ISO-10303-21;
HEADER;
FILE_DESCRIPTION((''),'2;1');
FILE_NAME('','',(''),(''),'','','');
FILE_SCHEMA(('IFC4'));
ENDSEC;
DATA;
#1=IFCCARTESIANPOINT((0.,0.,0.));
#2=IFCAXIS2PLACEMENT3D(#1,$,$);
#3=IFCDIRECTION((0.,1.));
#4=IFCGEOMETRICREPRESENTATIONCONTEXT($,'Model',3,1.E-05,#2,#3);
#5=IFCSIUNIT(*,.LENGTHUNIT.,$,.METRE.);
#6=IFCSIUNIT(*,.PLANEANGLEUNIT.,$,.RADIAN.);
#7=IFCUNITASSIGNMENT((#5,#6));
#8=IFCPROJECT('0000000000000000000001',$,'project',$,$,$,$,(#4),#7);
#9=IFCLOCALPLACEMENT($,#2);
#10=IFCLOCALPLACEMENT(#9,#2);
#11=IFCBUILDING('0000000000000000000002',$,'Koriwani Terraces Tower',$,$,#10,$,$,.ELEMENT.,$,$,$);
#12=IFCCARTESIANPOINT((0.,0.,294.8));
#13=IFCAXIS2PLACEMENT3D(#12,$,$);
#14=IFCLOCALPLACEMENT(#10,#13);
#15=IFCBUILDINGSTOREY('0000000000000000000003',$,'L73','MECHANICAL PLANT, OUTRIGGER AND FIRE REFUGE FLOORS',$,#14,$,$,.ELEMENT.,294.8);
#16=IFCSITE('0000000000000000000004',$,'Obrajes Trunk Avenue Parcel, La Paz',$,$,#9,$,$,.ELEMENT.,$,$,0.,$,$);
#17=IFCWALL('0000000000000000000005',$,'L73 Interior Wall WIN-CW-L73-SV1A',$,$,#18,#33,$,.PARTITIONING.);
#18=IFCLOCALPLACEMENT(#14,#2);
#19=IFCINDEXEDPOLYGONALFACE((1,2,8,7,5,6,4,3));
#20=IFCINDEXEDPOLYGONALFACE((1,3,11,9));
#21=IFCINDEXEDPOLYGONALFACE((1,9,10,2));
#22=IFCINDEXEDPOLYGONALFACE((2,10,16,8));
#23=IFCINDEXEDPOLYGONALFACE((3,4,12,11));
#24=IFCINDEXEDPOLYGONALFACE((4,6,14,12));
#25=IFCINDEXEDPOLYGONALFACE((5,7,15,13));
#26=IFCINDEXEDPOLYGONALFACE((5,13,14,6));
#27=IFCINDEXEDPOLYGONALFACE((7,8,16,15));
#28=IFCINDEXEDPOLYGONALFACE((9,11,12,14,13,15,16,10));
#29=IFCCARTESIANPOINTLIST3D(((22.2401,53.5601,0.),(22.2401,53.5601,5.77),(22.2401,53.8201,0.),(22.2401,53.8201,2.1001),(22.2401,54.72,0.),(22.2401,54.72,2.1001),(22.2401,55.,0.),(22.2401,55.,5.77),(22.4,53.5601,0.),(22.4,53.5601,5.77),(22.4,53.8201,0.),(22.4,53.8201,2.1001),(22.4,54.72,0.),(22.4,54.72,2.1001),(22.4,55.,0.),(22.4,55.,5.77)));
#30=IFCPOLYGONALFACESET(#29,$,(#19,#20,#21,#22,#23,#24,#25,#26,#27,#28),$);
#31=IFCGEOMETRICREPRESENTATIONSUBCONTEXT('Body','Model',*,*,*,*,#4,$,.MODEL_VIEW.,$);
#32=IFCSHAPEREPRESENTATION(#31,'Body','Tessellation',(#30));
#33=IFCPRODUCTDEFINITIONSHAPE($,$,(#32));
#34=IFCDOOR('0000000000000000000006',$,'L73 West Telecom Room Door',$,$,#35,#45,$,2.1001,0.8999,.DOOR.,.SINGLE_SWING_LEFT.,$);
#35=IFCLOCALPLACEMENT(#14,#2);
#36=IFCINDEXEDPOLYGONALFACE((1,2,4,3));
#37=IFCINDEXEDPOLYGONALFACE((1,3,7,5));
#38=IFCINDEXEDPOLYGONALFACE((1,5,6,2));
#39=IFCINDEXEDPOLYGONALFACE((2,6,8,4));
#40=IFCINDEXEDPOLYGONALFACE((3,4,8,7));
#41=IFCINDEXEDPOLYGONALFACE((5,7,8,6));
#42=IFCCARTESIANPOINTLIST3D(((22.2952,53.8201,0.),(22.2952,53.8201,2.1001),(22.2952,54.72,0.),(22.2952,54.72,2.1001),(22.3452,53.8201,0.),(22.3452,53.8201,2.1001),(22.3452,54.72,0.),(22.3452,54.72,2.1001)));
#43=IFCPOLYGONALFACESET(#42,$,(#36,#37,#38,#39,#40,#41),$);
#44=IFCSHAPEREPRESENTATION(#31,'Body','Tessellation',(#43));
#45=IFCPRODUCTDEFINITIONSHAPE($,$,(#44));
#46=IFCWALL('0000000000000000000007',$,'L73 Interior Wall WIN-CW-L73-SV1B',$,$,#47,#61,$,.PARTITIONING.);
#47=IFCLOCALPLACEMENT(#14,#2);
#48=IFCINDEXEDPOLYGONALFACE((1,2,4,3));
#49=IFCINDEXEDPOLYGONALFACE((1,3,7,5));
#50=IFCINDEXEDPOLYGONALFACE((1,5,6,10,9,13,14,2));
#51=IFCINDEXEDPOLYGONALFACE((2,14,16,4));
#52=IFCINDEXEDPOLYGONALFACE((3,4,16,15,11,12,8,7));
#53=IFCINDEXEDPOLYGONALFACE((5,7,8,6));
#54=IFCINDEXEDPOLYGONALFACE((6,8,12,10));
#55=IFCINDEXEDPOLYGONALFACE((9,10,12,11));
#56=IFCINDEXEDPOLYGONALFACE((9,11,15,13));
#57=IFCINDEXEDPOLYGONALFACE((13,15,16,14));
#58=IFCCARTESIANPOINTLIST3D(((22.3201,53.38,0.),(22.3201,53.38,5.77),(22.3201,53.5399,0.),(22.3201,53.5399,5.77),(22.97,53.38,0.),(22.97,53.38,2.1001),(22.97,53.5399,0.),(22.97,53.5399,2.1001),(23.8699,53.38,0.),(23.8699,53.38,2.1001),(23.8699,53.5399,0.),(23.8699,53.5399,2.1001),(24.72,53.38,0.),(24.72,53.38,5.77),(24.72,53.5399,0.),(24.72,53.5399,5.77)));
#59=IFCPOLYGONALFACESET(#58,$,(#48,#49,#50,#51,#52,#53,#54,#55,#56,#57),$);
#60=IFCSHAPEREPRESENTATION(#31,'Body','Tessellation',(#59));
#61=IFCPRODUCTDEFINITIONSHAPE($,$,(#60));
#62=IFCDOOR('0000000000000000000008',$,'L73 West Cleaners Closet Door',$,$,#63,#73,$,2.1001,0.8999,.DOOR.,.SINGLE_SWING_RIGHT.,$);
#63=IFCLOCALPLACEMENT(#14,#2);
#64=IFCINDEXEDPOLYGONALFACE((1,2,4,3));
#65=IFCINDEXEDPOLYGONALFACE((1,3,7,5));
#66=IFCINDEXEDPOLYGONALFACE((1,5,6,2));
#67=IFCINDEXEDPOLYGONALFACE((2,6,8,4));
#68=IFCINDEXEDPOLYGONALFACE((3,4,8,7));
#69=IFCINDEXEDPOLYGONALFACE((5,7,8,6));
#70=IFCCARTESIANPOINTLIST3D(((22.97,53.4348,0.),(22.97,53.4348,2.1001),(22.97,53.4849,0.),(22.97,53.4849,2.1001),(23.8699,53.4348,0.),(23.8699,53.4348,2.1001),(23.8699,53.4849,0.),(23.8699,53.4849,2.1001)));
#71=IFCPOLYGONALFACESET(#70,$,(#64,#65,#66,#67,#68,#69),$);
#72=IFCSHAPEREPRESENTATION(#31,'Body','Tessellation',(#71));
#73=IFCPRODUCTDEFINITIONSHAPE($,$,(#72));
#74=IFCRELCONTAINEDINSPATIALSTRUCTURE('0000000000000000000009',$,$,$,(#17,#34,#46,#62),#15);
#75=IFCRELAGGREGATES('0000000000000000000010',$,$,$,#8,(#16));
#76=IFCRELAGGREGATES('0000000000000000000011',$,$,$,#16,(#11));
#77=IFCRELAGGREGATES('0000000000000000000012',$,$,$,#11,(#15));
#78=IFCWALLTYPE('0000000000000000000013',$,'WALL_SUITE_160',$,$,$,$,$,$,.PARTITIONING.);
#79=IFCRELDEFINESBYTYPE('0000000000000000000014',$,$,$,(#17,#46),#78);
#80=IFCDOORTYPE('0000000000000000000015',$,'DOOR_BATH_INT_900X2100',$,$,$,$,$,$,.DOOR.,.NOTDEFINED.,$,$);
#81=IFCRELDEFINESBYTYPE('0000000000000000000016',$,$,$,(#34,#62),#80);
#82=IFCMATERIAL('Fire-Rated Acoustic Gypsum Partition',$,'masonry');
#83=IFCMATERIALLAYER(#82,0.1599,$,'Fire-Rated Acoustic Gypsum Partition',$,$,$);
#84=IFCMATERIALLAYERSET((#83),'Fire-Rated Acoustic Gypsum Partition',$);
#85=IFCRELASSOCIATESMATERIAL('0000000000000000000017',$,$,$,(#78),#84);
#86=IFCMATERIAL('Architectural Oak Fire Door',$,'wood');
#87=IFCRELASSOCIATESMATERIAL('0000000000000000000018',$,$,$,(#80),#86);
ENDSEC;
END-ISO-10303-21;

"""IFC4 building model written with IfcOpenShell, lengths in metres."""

from ifc_helpers import new_model, si_unit, direction, frame, frame_2d, origin, place, context, subcontext, project, spatial, rectangle, extrude, material, layer, layer_set, type_object, element, fill, save


model = new_model("IFC4")

# Units and contexts
model_context = context("Model", 3, precision=1e-05, world=origin(), true_north=direction((0.0, 1.0)))
body_context = subcontext(model_context, "Body", "Model", "MODEL_VIEW")
ifc_project = project(units=[si_unit("LENGTHUNIT", "METRE"), si_unit("PLANEANGLEUNIT", "RADIAN")], contexts=[model_context])

# Site, building, storey
site_placement = place(None, origin())
site = spatial("IfcSite", under=ifc_project, at=site_placement, Name="Obrajes Trunk Avenue Parcel, La Paz", CompositionType="ELEMENT", RefElevation=0.0)
building_placement = place(site_placement, origin())
building = spatial("IfcBuilding", under=site, at=building_placement, Name="Koriwani Terraces Tower", CompositionType="ELEMENT")
storey_placement = place(building_placement, frame((0.0, 0.0, 294.8)))
storey = spatial("IfcBuildingStorey", under=building, at=storey_placement, Name="L73", Description="MECHANICAL PLANT, OUTRIGGER AND FIRE REFUGE FLOORS", CompositionType="ELEMENT", Elevation=294.8)

# Walls, openings, doors
ifc_material_1 = material(Name="Fire-Rated Acoustic Gypsum Partition", Category="masonry")
ifc_layer_1 = layer(ifc_material_1, 0.1599, Name="Fire-Rated Acoustic Gypsum Partition")
ifc_layer_set_1 = layer_set([ifc_layer_1], Name="Fire-Rated Acoustic Gypsum Partition")
wall_type_1 = type_object("IfcWallType", Name="WALL_SUITE_160", PredefinedType="PARTITIONING", material=ifc_layer_set_1)
wall_1_placement = place(storey_placement, frame((22.3201, 53.5601, 0.0), z_axis=(0.0, 0.0, 1.0), x_axis=(0.0, 1.0, 0.0)))
wall_1 = element("IfcWall", 1, at=wall_1_placement, inside=storey, type_object=wall_type_1, Name="L73 Interior Wall WIN-CW-L73-SV1A", PredefinedType="PARTITIONING", context=body_context, shape_type="SweptSolid", body=[
    extrude(rectangle(XDim=1.4399, YDim=0.1599, at=frame_2d((0.72, 0.0))), origin(), (0.0, 0.0, 1.0), 5.77),
])
opening_1_placement = place(wall_1_placement, frame((0.26, 0.0, 0.0)))
opening_1 = element("IfcOpeningElement", 2, at=opening_1_placement, cuts=wall_1, PredefinedType="OPENING", context=body_context, shape_type="SweptSolid", body=[
    extrude(rectangle(XDim=0.8999, YDim=2.1001, at=frame_2d((0.45, 1.05))), frame((0.0, 0.0898, 0.0), z_axis=(0.0, -1.0, 0.0), x_axis=(1.0, 0.0, 0.0)), (0.0, 0.0, 1.0), 0.1799),
])
ifc_material_2 = material(Name="Architectural Oak Fire Door", Category="wood")
door_type_1 = type_object("IfcDoorType", Name="DOOR_BATH_INT_900X2100", OperationType="NOTDEFINED", PredefinedType="DOOR", material=ifc_material_2)
door_1_placement = place(opening_1_placement, origin())
door_1 = element("IfcDoor", 3, at=door_1_placement, inside=storey, type_object=door_type_1, Name="L73 West Telecom Room Door", OperationType="SINGLE_SWING_LEFT", OverallHeight=2.1001, OverallWidth=0.8999, PredefinedType="DOOR", context=body_context, shape_type="SweptSolid", body=[
    extrude(rectangle(XDim=0.8999, YDim=2.1001, at=frame_2d((0.45, 1.05))), frame((0.0, 0.0249, 0.0), z_axis=(0.0, -1.0, 0.0), x_axis=(1.0, 0.0, 0.0)), (0.0, 0.0, 1.0), 0.05),
])
fill(opening_1, door_1)
wall_2_placement = place(storey_placement, frame((22.3201, 53.46, 0.0), z_axis=(0.0, 0.0, 1.0), x_axis=(1.0, 0.0, 0.0)))
wall_2 = element("IfcWall", 4, at=wall_2_placement, inside=storey, type_object=wall_type_1, Name="L73 Interior Wall WIN-CW-L73-SV1B", PredefinedType="PARTITIONING", context=body_context, shape_type="SweptSolid", body=[
    extrude(rectangle(XDim=2.3999, YDim=0.1599, at=frame_2d((1.2, 0.0))), origin(), (0.0, 0.0, 1.0), 5.77),
])
opening_2_placement = place(wall_2_placement, frame((0.6499, 0.0, 0.0)))
opening_2 = element("IfcOpeningElement", 5, at=opening_2_placement, cuts=wall_2, PredefinedType="OPENING", context=body_context, shape_type="SweptSolid", body=[
    extrude(rectangle(XDim=0.8999, YDim=2.1001, at=frame_2d((0.45, 1.05))), frame((0.0, 0.0898, 0.0), z_axis=(0.0, -1.0, 0.0), x_axis=(1.0, 0.0, 0.0)), (0.0, 0.0, 1.0), 0.1799),
])
door_2_placement = place(opening_2_placement, origin())
door_2 = element("IfcDoor", 6, at=door_2_placement, inside=storey, type_object=door_type_1, Name="L73 West Cleaners Closet Door", OperationType="SINGLE_SWING_RIGHT", OverallHeight=2.1001, OverallWidth=0.8999, PredefinedType="DOOR", context=body_context, shape_type="SweptSolid", body=[
    extrude(rectangle(XDim=0.8999, YDim=2.1001, at=frame_2d((0.45, 1.05))), frame((0.0, 0.0249, 0.0), z_axis=(0.0, -1.0, 0.0), x_axis=(1.0, 0.0, 0.0)), (0.0, 0.0, 1.0), 0.05),
])
fill(opening_2, door_2)

save(model, "model.ifc")
